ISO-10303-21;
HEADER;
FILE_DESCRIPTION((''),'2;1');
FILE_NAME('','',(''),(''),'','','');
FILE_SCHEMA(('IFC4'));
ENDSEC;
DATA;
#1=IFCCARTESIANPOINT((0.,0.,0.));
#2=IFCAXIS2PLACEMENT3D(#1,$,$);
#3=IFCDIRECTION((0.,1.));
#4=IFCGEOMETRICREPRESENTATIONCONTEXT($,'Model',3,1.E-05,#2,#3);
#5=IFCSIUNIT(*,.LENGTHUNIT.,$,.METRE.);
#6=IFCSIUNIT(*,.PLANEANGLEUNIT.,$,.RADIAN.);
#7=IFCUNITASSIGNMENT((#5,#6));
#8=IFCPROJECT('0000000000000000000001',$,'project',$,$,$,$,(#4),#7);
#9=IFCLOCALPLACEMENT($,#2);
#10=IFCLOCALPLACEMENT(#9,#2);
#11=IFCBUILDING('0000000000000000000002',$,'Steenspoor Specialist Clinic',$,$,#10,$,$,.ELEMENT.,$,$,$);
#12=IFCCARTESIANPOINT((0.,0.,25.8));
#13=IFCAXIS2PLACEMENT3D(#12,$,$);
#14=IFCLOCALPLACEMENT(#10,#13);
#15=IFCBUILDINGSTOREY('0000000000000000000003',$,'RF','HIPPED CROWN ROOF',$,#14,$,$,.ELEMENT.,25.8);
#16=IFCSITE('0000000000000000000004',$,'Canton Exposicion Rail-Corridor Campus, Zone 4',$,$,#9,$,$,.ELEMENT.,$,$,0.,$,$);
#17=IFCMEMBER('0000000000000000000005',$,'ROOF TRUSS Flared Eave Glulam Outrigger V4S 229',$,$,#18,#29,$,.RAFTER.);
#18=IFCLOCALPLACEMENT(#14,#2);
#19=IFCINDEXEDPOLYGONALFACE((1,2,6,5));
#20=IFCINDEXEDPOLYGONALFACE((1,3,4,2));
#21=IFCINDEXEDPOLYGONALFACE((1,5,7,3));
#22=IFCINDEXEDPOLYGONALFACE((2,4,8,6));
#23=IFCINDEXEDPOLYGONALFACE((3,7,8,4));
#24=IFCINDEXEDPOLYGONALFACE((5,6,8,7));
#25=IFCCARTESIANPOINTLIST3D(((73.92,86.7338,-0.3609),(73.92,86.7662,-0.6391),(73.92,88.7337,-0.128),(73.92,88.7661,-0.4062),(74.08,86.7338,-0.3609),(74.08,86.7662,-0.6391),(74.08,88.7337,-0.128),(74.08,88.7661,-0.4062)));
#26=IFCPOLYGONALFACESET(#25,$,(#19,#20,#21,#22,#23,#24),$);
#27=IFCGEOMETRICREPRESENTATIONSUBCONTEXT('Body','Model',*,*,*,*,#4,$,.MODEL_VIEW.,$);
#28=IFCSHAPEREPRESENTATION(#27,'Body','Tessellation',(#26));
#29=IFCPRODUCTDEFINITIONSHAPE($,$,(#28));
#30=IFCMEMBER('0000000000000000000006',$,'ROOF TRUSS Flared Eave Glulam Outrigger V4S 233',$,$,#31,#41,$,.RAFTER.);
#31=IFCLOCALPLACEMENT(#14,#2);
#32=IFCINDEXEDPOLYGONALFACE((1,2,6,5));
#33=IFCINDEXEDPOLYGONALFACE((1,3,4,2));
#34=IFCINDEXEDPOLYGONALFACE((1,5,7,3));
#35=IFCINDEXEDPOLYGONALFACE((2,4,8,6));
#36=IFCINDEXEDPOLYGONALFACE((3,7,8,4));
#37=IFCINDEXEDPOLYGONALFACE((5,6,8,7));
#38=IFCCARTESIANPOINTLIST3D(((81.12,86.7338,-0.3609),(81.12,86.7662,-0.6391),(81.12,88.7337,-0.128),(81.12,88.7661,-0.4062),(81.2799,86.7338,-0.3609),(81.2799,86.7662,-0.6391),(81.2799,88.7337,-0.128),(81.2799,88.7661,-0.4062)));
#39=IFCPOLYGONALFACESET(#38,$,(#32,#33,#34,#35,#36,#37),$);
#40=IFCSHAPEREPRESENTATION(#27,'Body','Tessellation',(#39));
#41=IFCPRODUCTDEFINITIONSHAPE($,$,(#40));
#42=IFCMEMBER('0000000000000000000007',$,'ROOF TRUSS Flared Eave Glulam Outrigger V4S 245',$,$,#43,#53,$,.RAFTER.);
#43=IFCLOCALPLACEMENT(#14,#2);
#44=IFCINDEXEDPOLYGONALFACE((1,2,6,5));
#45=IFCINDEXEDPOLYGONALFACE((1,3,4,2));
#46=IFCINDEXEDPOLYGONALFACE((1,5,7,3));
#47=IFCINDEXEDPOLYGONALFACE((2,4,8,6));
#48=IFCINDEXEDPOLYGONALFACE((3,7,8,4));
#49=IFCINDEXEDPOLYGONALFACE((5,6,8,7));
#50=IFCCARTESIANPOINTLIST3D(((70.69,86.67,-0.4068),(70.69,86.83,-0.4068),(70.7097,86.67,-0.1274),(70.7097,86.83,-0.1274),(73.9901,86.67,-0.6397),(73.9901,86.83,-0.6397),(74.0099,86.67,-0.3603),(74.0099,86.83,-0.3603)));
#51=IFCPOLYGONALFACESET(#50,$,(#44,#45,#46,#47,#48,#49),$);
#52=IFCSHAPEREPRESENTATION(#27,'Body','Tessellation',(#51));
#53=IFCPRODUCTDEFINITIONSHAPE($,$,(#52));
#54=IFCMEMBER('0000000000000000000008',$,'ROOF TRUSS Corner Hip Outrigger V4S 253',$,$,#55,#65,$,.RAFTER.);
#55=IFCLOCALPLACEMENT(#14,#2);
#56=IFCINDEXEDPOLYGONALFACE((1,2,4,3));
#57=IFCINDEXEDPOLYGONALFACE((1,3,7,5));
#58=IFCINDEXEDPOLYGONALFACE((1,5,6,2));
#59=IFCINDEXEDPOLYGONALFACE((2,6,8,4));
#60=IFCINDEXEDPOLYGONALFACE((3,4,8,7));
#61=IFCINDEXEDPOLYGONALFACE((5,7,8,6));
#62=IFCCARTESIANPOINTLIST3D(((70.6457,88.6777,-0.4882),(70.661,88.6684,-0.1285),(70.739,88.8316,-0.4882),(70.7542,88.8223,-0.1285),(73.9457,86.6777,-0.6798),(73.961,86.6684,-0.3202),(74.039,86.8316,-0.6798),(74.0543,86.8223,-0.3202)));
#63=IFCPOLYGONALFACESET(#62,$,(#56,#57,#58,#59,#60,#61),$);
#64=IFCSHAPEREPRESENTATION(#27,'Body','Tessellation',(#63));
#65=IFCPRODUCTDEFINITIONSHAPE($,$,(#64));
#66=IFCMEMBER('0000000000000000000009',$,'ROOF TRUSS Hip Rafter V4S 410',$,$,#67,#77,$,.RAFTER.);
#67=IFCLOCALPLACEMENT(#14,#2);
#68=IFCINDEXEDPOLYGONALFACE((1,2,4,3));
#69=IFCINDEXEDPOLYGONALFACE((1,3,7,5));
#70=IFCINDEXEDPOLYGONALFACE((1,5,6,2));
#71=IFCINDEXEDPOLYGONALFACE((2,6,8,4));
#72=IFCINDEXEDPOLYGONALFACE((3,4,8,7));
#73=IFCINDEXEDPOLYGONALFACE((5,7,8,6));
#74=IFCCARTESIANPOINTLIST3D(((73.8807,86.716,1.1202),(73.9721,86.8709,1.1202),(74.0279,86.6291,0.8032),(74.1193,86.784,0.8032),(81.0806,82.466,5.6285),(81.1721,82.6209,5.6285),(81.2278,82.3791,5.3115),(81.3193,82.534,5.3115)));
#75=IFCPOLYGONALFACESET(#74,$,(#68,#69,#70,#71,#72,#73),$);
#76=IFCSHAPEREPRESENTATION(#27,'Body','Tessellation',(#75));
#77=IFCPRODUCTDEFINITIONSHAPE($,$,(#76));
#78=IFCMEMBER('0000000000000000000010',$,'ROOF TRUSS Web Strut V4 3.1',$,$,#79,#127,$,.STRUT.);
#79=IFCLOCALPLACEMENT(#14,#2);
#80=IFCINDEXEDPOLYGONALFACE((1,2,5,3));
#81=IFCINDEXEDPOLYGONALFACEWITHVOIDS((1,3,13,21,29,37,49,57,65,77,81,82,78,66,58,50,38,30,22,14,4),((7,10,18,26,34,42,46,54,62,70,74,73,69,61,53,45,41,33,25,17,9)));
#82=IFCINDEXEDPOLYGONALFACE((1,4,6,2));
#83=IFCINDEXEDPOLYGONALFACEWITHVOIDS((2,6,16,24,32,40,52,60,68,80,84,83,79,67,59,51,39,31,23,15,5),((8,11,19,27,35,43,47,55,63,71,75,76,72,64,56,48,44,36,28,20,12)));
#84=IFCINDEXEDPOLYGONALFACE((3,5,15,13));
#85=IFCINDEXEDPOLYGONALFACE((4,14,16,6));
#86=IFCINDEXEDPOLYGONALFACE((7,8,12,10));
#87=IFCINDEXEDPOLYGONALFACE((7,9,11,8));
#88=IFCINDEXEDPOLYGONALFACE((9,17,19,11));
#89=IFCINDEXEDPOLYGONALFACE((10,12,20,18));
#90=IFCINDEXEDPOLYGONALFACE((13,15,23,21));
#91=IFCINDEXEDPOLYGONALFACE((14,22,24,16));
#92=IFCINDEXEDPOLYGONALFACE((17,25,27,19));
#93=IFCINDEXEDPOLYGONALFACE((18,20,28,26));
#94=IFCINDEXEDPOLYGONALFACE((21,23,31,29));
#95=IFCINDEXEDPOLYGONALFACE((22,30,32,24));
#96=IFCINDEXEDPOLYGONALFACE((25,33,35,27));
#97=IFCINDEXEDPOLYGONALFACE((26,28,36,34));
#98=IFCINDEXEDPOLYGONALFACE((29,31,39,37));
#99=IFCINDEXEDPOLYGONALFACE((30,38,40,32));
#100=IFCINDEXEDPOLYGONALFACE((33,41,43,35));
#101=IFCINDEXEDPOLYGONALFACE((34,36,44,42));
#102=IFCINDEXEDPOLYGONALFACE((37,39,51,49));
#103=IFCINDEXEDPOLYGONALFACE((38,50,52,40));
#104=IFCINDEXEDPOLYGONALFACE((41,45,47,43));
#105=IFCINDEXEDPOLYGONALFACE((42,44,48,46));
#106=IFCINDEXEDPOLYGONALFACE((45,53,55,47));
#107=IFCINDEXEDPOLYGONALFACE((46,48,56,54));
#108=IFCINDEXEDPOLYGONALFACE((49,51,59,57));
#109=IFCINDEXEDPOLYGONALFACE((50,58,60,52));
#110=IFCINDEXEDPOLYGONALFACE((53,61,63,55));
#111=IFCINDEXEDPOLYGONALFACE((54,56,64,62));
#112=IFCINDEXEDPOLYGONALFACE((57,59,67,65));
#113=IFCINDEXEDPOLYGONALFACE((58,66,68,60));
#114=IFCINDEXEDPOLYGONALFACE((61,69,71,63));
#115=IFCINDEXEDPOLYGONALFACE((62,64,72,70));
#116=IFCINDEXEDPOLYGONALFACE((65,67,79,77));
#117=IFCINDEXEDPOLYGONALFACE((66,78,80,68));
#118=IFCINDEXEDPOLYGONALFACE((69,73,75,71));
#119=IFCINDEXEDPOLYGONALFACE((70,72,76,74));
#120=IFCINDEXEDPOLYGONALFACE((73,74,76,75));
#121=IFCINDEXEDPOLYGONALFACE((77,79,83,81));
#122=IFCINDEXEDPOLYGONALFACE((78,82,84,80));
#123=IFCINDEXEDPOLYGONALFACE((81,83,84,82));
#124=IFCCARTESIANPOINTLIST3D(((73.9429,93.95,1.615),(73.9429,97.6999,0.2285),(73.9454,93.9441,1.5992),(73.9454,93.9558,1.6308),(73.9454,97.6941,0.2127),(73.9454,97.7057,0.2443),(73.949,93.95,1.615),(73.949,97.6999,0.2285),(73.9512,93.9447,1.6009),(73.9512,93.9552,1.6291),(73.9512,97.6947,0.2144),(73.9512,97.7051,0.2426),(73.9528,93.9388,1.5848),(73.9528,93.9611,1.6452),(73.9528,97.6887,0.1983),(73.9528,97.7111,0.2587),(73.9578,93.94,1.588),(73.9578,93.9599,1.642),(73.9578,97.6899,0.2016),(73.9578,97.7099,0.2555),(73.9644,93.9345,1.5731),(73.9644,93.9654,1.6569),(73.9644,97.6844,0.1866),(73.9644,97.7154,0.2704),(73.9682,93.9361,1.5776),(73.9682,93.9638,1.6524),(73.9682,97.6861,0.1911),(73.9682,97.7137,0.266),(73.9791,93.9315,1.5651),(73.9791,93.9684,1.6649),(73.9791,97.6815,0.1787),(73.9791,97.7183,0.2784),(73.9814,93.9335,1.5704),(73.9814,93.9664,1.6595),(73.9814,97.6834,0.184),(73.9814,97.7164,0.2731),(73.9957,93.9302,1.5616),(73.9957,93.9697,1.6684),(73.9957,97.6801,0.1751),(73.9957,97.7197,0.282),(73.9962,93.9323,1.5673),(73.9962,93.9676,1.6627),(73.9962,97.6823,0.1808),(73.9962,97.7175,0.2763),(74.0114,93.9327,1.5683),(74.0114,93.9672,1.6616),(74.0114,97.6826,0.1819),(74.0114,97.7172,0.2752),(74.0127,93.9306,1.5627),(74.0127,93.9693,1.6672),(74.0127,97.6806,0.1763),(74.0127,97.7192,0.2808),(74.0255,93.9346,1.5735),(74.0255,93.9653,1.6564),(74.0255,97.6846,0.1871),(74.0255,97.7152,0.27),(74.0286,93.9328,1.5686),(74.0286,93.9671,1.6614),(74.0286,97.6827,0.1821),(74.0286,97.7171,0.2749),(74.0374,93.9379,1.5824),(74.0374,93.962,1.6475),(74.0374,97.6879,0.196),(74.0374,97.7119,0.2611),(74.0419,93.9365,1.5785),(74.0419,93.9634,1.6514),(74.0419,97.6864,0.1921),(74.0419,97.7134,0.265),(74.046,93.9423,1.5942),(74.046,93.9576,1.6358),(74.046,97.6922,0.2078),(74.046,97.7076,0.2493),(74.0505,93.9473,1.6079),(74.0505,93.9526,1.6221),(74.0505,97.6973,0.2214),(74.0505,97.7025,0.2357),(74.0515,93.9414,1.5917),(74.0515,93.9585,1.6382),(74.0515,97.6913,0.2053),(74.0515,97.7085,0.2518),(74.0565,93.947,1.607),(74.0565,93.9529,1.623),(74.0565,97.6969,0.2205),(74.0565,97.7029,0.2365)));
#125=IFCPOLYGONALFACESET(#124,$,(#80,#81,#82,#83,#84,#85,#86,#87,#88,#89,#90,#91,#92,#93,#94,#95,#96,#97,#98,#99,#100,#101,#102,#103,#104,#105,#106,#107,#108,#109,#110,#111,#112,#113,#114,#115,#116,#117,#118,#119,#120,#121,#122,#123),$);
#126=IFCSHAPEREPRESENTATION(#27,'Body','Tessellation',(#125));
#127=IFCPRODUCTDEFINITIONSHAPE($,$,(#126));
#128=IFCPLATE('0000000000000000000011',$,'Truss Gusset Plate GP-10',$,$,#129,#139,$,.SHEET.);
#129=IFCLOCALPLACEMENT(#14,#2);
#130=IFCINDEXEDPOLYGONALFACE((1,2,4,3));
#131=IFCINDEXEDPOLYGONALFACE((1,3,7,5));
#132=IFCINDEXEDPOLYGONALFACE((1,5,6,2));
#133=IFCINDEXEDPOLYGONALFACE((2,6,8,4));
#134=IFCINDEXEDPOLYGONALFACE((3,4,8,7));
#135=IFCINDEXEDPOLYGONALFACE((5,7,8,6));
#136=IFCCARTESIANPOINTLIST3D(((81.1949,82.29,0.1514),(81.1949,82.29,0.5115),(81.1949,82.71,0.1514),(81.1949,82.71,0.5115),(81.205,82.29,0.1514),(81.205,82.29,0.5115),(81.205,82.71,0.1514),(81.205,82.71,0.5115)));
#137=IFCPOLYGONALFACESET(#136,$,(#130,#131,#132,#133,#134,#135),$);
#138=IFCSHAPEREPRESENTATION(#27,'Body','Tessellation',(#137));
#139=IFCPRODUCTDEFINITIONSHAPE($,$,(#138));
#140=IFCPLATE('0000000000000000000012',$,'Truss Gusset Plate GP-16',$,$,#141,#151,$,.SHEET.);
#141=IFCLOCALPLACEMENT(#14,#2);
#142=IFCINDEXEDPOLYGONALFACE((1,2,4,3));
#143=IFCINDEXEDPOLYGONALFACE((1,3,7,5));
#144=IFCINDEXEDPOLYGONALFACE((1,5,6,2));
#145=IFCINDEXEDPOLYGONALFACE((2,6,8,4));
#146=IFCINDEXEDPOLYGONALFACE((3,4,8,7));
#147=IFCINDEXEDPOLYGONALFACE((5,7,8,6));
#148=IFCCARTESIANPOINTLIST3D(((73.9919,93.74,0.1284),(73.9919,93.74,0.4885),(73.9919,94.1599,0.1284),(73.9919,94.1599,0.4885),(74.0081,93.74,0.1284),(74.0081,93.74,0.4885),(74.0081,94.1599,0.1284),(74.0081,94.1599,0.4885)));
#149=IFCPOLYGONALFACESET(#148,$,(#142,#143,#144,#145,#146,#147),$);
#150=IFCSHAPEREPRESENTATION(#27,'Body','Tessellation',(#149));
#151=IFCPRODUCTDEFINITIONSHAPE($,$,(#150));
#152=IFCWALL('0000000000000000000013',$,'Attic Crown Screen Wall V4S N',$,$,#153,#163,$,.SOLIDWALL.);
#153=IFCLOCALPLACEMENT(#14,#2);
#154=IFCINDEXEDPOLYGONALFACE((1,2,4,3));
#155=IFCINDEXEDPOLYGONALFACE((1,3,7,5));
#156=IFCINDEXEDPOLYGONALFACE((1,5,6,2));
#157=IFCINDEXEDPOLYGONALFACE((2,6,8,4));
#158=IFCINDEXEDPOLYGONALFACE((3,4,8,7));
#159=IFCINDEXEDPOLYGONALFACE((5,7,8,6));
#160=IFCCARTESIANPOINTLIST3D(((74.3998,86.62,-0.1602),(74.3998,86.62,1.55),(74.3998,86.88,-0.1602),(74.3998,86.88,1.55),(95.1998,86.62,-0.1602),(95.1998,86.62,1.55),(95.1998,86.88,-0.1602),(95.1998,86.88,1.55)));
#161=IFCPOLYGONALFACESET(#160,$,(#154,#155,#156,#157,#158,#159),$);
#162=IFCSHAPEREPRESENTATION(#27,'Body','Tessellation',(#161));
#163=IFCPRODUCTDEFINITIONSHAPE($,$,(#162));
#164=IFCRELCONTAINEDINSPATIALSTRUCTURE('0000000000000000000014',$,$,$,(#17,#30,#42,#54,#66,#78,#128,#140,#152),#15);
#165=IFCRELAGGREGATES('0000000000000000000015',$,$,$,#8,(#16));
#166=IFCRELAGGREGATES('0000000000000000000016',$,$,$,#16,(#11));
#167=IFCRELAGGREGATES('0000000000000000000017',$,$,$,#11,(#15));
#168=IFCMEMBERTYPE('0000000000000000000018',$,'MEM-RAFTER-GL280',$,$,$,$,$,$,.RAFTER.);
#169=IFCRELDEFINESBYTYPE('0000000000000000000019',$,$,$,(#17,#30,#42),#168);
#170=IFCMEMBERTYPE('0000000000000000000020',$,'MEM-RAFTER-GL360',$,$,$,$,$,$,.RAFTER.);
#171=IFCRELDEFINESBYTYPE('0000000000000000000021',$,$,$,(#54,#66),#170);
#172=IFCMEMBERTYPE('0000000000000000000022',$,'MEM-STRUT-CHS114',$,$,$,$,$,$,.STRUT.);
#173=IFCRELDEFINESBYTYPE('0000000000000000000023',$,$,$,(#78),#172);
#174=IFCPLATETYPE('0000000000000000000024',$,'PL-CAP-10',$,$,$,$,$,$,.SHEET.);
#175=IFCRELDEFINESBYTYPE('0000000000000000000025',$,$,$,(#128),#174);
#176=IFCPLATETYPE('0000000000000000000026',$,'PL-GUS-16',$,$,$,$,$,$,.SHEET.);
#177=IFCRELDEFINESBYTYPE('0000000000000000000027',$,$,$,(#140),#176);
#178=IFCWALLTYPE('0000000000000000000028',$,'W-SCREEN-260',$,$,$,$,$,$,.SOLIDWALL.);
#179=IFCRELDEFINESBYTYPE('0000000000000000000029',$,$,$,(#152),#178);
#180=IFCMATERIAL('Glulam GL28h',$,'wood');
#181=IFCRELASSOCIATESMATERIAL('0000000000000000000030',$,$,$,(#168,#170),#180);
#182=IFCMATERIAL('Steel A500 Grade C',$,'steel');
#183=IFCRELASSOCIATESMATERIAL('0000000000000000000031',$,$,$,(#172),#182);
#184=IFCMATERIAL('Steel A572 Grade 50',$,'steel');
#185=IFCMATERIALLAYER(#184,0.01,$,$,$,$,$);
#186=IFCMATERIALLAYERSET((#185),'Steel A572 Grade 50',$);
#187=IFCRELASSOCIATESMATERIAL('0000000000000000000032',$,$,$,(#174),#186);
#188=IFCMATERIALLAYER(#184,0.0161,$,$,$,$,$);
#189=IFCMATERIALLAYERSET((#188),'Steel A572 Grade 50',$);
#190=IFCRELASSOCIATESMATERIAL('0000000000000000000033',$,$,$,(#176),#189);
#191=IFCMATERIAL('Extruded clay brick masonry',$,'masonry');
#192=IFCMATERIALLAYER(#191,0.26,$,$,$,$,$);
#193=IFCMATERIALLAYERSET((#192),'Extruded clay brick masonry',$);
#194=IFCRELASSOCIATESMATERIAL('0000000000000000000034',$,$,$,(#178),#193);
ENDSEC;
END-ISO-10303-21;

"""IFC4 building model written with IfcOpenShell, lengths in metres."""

from ifc_helpers import new_model, si_unit, direction, frame, frame_2d, origin, origin_2d, place, context, subcontext, project, spatial, rectangle, hollow_circle, extrude, material, layer, layer_set, material_profile, profile_set, type_object, element, save


model = new_model("IFC4")

# Units and contexts
model_context = context("Model", 3, precision=1e-05, world=origin(), true_north=direction((0.0, 1.0)))
body_context = subcontext(model_context, "Body", "Model", "MODEL_VIEW")
ifc_project = project(units=[si_unit("LENGTHUNIT", "METRE"), si_unit("PLANEANGLEUNIT", "RADIAN")], contexts=[model_context])

# Site, building, storey
site_placement = place(None, origin())
site = spatial("IfcSite", under=ifc_project, at=site_placement, Name="Canton Exposicion Rail-Corridor Campus, Zone 4", CompositionType="ELEMENT", RefElevation=0.0)
building_placement = place(site_placement, origin())
building = spatial("IfcBuilding", under=site, at=building_placement, Name="Steenspoor Specialist Clinic", CompositionType="ELEMENT")
storey_placement = place(building_placement, frame((0.0, 0.0, 25.8)))
storey = spatial("IfcBuildingStorey", under=building, at=storey_placement, Name="RF", Description="HIPPED CROWN ROOF", CompositionType="ELEMENT", Elevation=25.8)

# Members
ifc_material_1 = material(Name="Steel A500 Grade C", Category="steel")
ifc_material_2 = material(Name="Glulam GL28h", Category="wood")
ifc_material_profile_1 = material_profile(ifc_material_2, rectangle(XDim=0.1599, YDim=0.28, at=origin_2d()), Name="GL28H-160X280")
ifc_profile_set_1 = profile_set([ifc_material_profile_1], Name="Glulam GL28h")
member_type_1 = type_object("IfcMemberType", Name="MEM-RAFTER-GL280", PredefinedType="RAFTER", material=ifc_profile_set_1)
for number, where, z_axis, x_axis, name in (
    (1, (74.0, 86.75, -0.5), (0.0, 0.993287, 0.115673), (-1.0, 0.0, 0.0), "ROOF TRUSS Flared Eave Glulam Outrigger V4S 229"),
    (2, (81.2, 86.75, -0.5), (0.0, 0.993287, 0.115673), (-1.0, 0.0, 0.0), "ROOF TRUSS Flared Eave Glulam Outrigger V4S 233"),
):
    element("IfcMember", number, at=place(storey_placement, frame(where, z_axis=z_axis, x_axis=x_axis)), inside=storey, type_object=member_type_1, Name=name, PredefinedType="RAFTER", context=body_context, shape_type="SweptSolid", body=[
        extrude(rectangle(XDim=0.1599, YDim=0.28, at=origin_2d()), origin(), (0.0, 0.0, 1.0), 2.0134),
    ])
member_1_placement = place(storey_placement, frame((74.0, 86.75, -0.5), z_axis=(-0.997519, 0.0, 0.070403), x_axis=(0.0, -1.0, 0.0)))
element("IfcMember", 3, at=member_1_placement, inside=storey, type_object=member_type_1, Name="ROOF TRUSS Flared Eave Glulam Outrigger V4S 245", PredefinedType="RAFTER", context=body_context, shape_type="SweptSolid", body=[
    extrude(rectangle(XDim=0.1599, YDim=0.28, at=origin_2d()), origin(), (0.0, 0.0, 1.0), 3.3083),
])
ifc_material_profile_2 = material_profile(ifc_material_2, rectangle(XDim=0.1799, YDim=0.3601, at=origin_2d()), Name="GL28H-180X360")
ifc_profile_set_2 = profile_set([ifc_material_profile_2], Name="Glulam GL28h")
member_type_2 = type_object("IfcMemberType", Name="MEM-RAFTER-GL360", PredefinedType="RAFTER", material=ifc_profile_set_2)
member_2_placement = place(storey_placement, frame((74.0, 86.75, -0.5), z_axis=(-0.854148, 0.517658, 0.049605), x_axis=(-0.518296, -0.855201, 0.0)))
element("IfcMember", 4, at=member_2_placement, inside=storey, type_object=member_type_2, Name="ROOF TRUSS Corner Hip Outrigger V4S 253", PredefinedType="RAFTER", context=body_context, shape_type="SweptSolid", body=[
    extrude(rectangle(XDim=0.1799, YDim=0.3601, at=origin_2d()), origin(), (0.0, 0.0, 1.0), 3.8635),
])
member_3_placement = place(storey_placement, frame((74.0, 86.75, 0.9617), z_axis=(0.757988, -0.447426, 0.47462), x_axis=(0.508329, 0.861163, 0.0)))
element("IfcMember", 5, at=member_3_placement, inside=storey, type_object=member_type_2, Name="ROOF TRUSS Hip Rafter V4S 410", PredefinedType="RAFTER", context=body_context, shape_type="SweptSolid", body=[
    extrude(rectangle(XDim=0.1799, YDim=0.3601, at=origin_2d()), origin(), (0.0, 0.0, 1.0), 9.4988),
])
ifc_material_profile_3 = material_profile(ifc_material_1, hollow_circle(Radius=0.0571, WallThickness=0.0061, at=origin_2d()), Name="CHS114X6.0")
ifc_profile_set_3 = profile_set([ifc_material_profile_3], Name="Steel A500 Grade C")
member_type_3 = type_object("IfcMemberType", Name="MEM-STRUT-CHS114", PredefinedType="STRUT", material=ifc_profile_set_3)
member_4_placement = place(storey_placement, frame((74.0, 93.95, 1.615), z_axis=(0.0, 0.937945, -0.346783), x_axis=(-1.0, 0.0, 0.0)))
element("IfcMember", 6, at=member_4_placement, inside=storey, type_object=member_type_3, Name="ROOF TRUSS Web Strut V4 3.1", PredefinedType="STRUT", context=body_context, shape_type="SweptSolid", body=[
    extrude(hollow_circle(Radius=0.0571, WallThickness=0.0061, at=origin_2d()), origin(), (0.0, 0.0, 1.0), 3.998),
])

# Plates
ifc_material_3 = material(Name="Steel A572 Grade 50", Category="steel")
ifc_layer_1 = layer(ifc_material_3, 0.01)
ifc_layer_set_1 = layer_set([ifc_layer_1], Name="Steel A572 Grade 50")
plate_type_1 = type_object("IfcPlateType", Name="PL-CAP-10", PredefinedType="SHEET", material=ifc_layer_set_1)
plate_1_placement = place(storey_placement, frame((81.2, 82.5, 0.1514), z_axis=(0.0, 0.0, 1.0), x_axis=(1.0, 0.0, 0.0)))
element("IfcPlate", 7, at=plate_1_placement, inside=storey, type_object=plate_type_1, Name="Truss Gusset Plate GP-10", PredefinedType="SHEET", context=body_context, shape_type="SweptSolid", body=[
    extrude(rectangle(XDim=0.01, YDim=0.4199, at=origin_2d()), origin(), (0.0, 0.0, 1.0), 0.3601),
])
ifc_layer_2 = layer(ifc_material_3, 0.0161)
ifc_layer_set_2 = layer_set([ifc_layer_2], Name="Steel A572 Grade 50")
plate_type_2 = type_object("IfcPlateType", Name="PL-GUS-16", PredefinedType="SHEET", material=ifc_layer_set_2)
plate_2_placement = place(storey_placement, frame((74.0, 93.95, 0.1284), z_axis=(0.0, 0.0, 1.0), x_axis=(1.0, 0.0, 0.0)))
element("IfcPlate", 8, at=plate_2_placement, inside=storey, type_object=plate_type_2, Name="Truss Gusset Plate GP-16", PredefinedType="SHEET", context=body_context, shape_type="SweptSolid", body=[
    extrude(rectangle(XDim=0.0161, YDim=0.4199, at=origin_2d()), origin(), (0.0, 0.0, 1.0), 0.3601),
])

# Wall
ifc_material_4 = material(Name="Extruded clay brick masonry", Category="masonry")
ifc_layer_3 = layer(ifc_material_4, 0.26)
ifc_layer_set_3 = layer_set([ifc_layer_3], Name="Extruded clay brick masonry")
wall_type = type_object("IfcWallType", Name="W-SCREEN-260", PredefinedType="SOLIDWALL", material=ifc_layer_set_3)
wall_placement = place(storey_placement, frame((74.3999, 86.75, -0.1602), z_axis=(0.0, 0.0, 1.0), x_axis=(1.0, 0.0, 0.0)))
element("IfcWall", 9, at=wall_placement, inside=storey, type_object=wall_type, Name="Attic Crown Screen Wall V4S N", PredefinedType="SOLIDWALL", context=body_context, shape_type="SweptSolid", body=[
    extrude(rectangle(XDim=20.8, YDim=0.26, at=frame_2d((10.3999, 0.0))), origin(), (0.0, 0.0, 1.0), 1.7102),
])

save(model, "model.ifc")
